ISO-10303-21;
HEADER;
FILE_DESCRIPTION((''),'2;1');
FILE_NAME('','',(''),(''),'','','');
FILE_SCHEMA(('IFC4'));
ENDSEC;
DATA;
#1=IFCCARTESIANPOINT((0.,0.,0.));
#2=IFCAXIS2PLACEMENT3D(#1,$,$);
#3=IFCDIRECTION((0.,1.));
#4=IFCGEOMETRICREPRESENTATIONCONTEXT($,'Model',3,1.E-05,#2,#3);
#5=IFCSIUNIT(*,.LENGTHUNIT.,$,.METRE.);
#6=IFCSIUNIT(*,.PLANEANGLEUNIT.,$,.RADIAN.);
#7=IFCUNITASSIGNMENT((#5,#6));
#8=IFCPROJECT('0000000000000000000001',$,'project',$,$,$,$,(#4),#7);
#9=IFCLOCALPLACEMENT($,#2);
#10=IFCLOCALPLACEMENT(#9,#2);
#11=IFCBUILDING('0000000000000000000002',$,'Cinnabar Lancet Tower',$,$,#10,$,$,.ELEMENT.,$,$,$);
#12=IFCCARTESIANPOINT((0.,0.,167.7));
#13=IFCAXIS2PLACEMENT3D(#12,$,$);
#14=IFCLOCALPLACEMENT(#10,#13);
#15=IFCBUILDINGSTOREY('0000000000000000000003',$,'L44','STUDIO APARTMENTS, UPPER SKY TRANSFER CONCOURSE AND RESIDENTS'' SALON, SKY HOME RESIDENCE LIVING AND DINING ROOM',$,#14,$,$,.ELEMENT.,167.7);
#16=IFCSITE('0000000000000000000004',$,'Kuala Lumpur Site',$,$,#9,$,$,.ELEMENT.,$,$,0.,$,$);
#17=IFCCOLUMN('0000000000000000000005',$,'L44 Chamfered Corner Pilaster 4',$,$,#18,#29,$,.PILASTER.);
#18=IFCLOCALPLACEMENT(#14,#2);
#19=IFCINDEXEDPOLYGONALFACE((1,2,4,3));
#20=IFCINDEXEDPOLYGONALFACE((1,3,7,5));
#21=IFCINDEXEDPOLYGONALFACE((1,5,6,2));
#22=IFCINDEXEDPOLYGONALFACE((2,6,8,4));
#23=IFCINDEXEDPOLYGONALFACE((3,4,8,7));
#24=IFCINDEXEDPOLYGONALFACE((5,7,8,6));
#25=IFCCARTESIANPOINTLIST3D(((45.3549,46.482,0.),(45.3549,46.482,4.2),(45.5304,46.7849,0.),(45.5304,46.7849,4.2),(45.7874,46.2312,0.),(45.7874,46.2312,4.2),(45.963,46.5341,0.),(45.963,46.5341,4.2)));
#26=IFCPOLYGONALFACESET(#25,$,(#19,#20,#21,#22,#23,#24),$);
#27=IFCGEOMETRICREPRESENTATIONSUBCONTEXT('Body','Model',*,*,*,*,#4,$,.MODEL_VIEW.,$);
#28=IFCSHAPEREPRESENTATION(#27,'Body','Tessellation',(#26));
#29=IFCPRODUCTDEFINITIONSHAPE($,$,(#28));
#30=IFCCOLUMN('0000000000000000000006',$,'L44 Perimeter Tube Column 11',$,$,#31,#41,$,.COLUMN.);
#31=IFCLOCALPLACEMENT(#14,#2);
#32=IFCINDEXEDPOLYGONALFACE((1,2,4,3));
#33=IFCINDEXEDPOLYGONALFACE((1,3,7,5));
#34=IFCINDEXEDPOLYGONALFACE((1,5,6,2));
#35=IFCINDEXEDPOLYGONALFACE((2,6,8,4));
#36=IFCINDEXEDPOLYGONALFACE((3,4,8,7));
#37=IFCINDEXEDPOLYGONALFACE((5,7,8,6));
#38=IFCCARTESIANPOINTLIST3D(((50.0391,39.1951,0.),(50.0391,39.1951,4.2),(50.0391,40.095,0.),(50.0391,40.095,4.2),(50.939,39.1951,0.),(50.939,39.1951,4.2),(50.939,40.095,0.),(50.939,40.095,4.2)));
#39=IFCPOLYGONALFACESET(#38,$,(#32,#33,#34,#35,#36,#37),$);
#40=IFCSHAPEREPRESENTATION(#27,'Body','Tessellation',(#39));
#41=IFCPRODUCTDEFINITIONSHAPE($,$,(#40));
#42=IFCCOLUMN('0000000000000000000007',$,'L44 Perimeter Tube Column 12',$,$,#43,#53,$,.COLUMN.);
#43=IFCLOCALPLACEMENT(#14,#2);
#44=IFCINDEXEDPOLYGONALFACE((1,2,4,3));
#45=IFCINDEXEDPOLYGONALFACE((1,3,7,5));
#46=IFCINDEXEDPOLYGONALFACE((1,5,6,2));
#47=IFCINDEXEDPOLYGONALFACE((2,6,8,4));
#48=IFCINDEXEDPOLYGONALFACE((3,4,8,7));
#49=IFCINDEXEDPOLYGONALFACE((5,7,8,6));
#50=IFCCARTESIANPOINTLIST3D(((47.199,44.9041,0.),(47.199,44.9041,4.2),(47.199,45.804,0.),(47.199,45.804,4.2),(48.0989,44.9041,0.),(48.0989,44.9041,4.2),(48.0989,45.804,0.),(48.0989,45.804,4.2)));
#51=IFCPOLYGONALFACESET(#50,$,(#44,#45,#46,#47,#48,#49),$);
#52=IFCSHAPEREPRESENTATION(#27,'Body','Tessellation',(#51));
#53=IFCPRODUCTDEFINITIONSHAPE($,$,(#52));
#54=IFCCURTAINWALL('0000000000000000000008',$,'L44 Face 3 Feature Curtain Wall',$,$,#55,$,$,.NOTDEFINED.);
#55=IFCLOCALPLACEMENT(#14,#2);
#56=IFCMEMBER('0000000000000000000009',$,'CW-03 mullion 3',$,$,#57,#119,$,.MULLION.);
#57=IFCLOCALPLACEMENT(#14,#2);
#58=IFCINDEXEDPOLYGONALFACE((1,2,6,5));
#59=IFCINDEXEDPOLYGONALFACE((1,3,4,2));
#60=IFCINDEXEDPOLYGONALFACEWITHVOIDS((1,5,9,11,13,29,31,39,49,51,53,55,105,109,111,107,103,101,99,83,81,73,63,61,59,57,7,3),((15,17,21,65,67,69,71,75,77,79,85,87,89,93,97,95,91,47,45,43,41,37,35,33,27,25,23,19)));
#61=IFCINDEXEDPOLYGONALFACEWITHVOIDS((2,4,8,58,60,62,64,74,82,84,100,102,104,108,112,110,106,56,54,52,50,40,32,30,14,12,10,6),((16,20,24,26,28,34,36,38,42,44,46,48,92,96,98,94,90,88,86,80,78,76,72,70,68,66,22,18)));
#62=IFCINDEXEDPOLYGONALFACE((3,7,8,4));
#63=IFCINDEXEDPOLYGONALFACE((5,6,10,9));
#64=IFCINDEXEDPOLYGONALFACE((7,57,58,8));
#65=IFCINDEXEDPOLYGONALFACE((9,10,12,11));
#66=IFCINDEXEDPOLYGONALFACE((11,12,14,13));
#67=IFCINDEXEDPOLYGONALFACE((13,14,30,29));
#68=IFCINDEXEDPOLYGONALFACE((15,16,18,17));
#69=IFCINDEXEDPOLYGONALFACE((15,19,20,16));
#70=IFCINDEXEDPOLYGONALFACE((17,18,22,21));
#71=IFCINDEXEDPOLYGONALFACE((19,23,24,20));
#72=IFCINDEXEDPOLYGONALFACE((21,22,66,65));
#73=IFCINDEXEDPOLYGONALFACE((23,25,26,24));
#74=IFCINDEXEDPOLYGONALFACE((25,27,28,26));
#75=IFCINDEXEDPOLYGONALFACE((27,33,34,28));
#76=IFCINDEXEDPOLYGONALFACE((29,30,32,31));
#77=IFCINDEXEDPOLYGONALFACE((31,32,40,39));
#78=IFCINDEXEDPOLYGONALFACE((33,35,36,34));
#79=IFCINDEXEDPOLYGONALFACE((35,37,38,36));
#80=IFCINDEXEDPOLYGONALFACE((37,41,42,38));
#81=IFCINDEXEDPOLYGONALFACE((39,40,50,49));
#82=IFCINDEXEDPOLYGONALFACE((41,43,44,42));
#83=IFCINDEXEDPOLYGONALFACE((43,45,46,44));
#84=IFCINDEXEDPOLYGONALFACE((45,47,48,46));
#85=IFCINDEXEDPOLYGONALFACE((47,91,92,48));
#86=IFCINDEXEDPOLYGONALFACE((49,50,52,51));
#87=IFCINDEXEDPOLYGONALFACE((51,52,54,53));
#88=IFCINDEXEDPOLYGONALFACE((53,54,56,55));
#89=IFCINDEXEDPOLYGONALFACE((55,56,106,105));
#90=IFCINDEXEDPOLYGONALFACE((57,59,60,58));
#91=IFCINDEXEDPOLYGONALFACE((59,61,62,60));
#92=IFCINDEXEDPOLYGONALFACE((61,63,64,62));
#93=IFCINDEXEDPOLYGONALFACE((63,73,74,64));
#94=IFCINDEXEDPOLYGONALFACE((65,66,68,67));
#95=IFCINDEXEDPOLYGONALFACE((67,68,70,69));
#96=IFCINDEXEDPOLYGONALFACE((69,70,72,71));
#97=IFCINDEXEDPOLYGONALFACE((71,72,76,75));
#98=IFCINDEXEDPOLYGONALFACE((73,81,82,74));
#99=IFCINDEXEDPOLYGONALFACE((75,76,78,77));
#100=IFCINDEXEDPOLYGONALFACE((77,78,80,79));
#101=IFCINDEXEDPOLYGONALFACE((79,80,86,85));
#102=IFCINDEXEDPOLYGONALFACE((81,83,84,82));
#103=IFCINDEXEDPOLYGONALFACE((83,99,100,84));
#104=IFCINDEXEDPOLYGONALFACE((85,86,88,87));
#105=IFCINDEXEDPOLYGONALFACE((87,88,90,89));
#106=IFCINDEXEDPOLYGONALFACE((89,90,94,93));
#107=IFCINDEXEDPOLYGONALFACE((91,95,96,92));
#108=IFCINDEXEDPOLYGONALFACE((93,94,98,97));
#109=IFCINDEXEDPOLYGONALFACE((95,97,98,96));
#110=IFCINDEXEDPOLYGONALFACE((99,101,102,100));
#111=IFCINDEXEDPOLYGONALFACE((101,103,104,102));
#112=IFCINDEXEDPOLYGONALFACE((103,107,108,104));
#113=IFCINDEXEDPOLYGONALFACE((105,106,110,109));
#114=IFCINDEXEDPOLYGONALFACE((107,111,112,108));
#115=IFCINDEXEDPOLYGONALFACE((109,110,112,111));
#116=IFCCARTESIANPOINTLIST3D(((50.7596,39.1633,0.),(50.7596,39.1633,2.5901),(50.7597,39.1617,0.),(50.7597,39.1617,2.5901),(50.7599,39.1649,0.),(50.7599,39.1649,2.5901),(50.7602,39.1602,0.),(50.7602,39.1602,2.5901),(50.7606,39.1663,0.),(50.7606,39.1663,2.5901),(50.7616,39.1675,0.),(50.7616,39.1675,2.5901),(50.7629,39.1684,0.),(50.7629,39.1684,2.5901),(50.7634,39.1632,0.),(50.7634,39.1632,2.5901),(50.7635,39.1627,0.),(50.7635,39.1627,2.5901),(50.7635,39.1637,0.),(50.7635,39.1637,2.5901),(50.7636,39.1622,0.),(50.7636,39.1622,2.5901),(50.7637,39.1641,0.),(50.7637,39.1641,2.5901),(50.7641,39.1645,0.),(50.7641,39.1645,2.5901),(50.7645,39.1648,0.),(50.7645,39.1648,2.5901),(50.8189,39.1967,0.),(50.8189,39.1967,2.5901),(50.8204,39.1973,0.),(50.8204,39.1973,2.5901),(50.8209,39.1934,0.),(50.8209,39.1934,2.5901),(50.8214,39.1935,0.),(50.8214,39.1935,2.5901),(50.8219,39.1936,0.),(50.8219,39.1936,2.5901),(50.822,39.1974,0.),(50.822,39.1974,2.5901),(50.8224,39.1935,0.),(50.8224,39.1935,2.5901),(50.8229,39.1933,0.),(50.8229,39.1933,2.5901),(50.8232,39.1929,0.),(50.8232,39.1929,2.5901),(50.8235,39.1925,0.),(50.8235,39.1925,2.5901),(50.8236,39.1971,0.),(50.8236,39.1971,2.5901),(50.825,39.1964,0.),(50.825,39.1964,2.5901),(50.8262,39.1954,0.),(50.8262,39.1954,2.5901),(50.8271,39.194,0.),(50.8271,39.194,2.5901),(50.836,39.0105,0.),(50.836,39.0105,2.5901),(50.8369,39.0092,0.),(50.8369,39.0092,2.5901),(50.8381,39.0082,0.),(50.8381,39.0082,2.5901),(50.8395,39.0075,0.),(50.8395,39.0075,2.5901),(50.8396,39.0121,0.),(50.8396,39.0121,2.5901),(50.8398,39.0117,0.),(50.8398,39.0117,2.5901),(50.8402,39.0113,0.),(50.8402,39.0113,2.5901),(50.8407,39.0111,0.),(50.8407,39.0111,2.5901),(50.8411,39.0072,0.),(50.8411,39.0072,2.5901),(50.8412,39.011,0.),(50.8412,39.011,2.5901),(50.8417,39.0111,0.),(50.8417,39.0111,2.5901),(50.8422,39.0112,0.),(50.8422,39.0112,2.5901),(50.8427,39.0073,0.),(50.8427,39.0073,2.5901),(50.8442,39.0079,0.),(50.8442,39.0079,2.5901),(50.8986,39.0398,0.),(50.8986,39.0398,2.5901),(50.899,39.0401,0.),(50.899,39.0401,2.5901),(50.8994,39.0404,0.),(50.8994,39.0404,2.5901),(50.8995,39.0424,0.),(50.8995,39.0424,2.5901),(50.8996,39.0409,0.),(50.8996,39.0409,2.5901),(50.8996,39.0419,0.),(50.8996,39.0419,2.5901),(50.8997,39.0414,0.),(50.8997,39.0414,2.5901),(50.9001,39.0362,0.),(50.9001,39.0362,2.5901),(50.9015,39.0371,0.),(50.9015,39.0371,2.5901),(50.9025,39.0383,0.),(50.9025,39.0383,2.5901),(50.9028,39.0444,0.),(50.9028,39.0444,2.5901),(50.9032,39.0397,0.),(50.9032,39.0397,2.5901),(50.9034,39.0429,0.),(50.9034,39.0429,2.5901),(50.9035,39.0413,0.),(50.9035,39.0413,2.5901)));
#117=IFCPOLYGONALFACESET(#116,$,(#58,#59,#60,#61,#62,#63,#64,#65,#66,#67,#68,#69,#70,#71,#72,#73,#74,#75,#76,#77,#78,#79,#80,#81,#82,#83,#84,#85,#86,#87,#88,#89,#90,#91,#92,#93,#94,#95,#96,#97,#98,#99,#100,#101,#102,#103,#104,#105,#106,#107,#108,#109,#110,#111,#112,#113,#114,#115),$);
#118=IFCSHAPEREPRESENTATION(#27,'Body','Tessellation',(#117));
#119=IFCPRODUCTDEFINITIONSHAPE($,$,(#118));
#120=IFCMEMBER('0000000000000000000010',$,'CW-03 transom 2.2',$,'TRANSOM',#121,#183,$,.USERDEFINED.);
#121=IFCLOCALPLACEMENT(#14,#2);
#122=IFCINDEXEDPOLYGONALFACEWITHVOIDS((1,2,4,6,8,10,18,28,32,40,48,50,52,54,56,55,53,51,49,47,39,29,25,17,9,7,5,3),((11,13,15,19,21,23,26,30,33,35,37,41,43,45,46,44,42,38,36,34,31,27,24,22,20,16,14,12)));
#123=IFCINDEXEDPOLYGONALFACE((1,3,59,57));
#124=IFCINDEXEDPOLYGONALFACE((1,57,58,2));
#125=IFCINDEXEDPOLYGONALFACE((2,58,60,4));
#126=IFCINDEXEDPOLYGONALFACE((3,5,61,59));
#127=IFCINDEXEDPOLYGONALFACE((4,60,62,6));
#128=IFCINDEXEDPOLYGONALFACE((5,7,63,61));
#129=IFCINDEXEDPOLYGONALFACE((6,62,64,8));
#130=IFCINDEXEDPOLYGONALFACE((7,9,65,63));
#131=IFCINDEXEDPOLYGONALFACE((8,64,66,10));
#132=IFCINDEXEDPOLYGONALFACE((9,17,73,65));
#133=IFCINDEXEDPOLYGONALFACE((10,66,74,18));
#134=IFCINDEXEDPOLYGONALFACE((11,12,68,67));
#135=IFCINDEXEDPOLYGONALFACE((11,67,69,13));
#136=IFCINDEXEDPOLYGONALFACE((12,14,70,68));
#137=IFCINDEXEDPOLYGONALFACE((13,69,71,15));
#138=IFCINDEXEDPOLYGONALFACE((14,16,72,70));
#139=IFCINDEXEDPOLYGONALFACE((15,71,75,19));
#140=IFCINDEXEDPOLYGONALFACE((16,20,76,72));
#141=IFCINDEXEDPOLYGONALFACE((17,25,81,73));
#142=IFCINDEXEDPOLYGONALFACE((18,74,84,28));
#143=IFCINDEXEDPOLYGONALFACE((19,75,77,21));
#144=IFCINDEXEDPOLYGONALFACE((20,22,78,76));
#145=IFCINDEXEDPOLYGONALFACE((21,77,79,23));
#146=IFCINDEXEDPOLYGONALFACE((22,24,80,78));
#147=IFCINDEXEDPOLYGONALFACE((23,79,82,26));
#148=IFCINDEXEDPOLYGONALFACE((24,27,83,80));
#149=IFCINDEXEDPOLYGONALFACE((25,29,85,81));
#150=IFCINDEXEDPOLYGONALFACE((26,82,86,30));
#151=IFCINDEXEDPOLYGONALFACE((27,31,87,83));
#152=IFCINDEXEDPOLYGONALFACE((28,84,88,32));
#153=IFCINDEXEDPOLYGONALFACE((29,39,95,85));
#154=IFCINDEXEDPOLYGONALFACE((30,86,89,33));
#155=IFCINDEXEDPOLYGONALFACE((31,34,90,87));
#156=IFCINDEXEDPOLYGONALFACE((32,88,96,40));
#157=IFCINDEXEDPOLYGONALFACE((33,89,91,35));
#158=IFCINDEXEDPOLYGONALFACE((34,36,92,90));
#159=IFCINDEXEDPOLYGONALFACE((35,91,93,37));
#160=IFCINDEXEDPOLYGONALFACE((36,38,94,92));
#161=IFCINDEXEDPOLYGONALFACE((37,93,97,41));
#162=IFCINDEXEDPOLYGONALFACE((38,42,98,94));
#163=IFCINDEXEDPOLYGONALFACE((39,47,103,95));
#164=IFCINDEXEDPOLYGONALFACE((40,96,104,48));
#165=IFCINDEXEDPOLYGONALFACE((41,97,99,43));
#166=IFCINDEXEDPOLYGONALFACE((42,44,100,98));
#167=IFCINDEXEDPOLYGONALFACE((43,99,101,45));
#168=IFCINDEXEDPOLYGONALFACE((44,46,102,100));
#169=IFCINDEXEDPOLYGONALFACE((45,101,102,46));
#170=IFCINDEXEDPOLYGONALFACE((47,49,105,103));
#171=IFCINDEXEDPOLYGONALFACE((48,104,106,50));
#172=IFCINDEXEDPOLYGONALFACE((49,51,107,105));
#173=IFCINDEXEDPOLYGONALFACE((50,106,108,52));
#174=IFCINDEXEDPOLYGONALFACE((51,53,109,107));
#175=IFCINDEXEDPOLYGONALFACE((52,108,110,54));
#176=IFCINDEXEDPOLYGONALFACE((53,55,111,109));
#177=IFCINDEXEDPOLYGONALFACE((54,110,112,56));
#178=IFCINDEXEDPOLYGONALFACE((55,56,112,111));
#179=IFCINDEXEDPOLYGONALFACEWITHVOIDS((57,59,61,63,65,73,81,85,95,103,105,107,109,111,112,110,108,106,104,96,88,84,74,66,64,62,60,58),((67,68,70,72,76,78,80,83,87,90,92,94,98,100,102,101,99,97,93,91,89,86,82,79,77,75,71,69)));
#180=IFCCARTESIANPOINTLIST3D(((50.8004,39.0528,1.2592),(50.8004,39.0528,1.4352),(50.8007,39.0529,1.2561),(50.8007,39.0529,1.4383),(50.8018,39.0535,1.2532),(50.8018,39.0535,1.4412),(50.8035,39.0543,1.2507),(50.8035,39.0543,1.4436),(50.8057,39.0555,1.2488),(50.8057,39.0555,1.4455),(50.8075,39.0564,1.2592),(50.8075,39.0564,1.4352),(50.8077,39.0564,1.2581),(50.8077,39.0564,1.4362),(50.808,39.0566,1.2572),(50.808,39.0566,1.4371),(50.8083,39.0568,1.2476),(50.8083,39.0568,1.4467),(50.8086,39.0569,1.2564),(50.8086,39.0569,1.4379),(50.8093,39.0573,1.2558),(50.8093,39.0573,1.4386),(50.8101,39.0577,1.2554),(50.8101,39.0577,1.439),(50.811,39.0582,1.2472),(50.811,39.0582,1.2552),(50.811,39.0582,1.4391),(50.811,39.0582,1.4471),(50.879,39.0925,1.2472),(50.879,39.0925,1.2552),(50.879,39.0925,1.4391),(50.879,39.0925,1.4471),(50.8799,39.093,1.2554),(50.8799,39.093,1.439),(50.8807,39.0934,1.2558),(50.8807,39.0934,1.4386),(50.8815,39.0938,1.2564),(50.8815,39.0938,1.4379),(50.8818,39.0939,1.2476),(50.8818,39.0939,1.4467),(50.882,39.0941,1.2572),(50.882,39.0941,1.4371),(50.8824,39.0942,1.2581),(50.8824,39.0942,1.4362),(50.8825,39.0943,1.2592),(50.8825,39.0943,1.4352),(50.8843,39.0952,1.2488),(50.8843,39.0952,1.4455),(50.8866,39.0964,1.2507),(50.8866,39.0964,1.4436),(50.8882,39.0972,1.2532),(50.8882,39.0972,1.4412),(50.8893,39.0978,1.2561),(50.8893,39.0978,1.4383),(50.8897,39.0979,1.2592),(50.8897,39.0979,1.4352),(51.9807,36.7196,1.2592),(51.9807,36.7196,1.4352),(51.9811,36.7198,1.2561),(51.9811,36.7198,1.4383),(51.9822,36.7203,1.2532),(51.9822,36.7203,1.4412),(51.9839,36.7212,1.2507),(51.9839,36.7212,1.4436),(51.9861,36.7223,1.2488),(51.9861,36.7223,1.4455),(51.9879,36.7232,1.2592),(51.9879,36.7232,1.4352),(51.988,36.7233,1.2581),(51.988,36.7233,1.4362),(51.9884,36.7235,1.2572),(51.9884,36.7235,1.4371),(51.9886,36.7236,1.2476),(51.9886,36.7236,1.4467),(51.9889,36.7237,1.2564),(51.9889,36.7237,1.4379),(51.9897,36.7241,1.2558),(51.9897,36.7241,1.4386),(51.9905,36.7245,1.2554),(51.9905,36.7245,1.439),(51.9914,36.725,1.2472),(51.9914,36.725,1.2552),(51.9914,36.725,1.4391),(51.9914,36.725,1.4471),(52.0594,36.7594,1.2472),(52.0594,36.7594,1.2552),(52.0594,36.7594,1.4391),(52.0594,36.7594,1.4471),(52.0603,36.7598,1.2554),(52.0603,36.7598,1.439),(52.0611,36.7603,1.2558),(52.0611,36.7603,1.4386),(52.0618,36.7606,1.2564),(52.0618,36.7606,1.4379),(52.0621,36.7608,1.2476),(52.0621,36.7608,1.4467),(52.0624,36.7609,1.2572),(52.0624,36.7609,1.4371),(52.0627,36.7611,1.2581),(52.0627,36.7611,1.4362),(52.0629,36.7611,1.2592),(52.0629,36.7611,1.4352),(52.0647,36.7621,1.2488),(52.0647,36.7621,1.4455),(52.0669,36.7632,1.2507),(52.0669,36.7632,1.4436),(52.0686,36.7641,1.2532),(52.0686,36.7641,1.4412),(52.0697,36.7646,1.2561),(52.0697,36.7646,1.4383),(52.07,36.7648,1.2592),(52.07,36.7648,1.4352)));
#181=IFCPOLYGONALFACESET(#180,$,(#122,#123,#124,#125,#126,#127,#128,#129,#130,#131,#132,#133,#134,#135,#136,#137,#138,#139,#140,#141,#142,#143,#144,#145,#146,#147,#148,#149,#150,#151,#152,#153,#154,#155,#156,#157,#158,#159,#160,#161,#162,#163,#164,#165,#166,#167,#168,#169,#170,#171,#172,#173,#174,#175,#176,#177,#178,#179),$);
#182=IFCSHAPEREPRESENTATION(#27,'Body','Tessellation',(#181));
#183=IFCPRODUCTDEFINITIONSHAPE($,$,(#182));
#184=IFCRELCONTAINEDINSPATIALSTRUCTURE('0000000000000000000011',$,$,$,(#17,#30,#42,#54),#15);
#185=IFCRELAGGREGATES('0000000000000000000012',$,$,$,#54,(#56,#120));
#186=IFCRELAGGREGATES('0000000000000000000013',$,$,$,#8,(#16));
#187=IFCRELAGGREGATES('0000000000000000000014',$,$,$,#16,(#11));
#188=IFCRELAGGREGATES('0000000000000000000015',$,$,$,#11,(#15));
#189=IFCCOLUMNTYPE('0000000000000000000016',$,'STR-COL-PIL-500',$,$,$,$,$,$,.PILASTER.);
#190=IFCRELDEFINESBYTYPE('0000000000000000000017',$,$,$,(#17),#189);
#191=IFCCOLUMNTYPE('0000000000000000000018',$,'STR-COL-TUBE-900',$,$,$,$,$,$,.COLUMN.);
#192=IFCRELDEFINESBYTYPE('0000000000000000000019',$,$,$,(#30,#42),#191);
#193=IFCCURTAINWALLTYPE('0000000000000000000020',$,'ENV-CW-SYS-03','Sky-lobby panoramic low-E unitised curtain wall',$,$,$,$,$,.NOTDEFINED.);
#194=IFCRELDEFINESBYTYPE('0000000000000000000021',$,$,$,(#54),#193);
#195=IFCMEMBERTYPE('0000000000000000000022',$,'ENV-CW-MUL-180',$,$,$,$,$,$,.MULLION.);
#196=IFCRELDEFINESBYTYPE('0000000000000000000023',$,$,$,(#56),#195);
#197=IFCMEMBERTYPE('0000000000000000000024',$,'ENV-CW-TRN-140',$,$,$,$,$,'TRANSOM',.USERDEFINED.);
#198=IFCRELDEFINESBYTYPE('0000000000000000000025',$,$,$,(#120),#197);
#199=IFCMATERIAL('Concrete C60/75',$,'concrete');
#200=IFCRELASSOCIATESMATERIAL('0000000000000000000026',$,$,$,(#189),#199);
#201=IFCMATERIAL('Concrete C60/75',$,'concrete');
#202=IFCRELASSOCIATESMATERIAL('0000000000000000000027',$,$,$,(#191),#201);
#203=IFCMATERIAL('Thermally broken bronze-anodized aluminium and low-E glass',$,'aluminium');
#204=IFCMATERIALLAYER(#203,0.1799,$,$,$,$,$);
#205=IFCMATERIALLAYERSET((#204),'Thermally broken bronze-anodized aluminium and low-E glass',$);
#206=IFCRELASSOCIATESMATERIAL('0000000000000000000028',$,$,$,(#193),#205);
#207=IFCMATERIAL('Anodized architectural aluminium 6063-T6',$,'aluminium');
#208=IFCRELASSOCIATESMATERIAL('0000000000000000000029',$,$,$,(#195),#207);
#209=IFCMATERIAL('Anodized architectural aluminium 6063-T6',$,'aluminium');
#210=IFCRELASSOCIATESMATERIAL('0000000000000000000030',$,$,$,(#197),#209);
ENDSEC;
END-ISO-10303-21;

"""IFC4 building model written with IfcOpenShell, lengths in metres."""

from ifc_helpers import new_model, si_unit, direction, frame, origin, origin_2d, place, context, subcontext, project, spatial, rectangle, hollow_rectangle, extrude, material, layer, layer_set, material_profile, profile_set, type_object, element, aggregate, save


model = new_model("IFC4")

# Units and contexts
model_context = context("Model", 3, precision=1e-05, world=origin(), true_north=direction((0.0, 1.0)))
body_context = subcontext(model_context, "Body", "Model", "MODEL_VIEW")
ifc_project = project(units=[si_unit("LENGTHUNIT", "METRE"), si_unit("PLANEANGLEUNIT", "RADIAN")], contexts=[model_context])

# Site, building, storey
site_placement = place(None, origin())
site = spatial("IfcSite", under=ifc_project, at=site_placement, Name="Kuala Lumpur Site", CompositionType="ELEMENT", RefElevation=0.0)
building_placement = place(site_placement, origin())
building = spatial("IfcBuilding", under=site, at=building_placement, Name="Cinnabar Lancet Tower", CompositionType="ELEMENT")
storey_placement = place(building_placement, frame((0.0, 0.0, 167.7)))
storey = spatial("IfcBuildingStorey", under=building, at=storey_placement, Name="L44", Description="STUDIO APARTMENTS, UPPER SKY TRANSFER CONCOURSE AND RESIDENTS' SALON, SKY HOME RESIDENCE LIVING AND DINING ROOM", CompositionType="ELEMENT", Elevation=167.7)

# Columns
ifc_material_1 = material(Name="Concrete C60/75", Category="concrete")
ifc_material_profile_1 = material_profile(ifc_material_1, rectangle(XDim=0.5, YDim=0.3501, at=origin_2d()), Name="RC-PIL 500x350")
ifc_profile_set_1 = profile_set([ifc_material_profile_1], Name="Concrete C60/75")
column_type_1 = type_object("IfcColumnType", Name="STR-COL-PIL-500", PredefinedType="PILASTER", material=ifc_profile_set_1)
column_placement = place(storey_placement, frame((45.6589, 46.5081, 0.0), z_axis=(0.0, 0.0, 1.0), x_axis=(-0.86516, 0.501496, 0.0)))
element("IfcColumn", 1, at=column_placement, inside=storey, type_object=column_type_1, Name="L44 Chamfered Corner Pilaster 4", PredefinedType="PILASTER", context=body_context, shape_type="SweptSolid", body=[
    extrude(rectangle(XDim=0.5, YDim=0.3501, at=origin_2d()), origin(), (0.0, 0.0, 1.0), 4.2),
])
ifc_material_2 = material(Name="Concrete C60/75", Category="concrete")
ifc_material_profile_2 = material_profile(ifc_material_2, rectangle(XDim=0.8999, YDim=0.8999, at=origin_2d()), Name="RC-COL 900x900")
ifc_profile_set_2 = profile_set([ifc_material_profile_2], Name="Concrete C60/75")
column_type_2 = type_object("IfcColumnType", Name="STR-COL-TUBE-900", PredefinedType="COLUMN", material=ifc_profile_set_2)
for number, where, z_axis, x_axis, name in (
    (2, (50.489, 39.645, 0.0), (0.0, 0.0, 1.0), (1.0, 0.0, 0.0), "L44 Perimeter Tube Column 11"),
    (3, (47.6489, 45.354, 0.0), (0.0, 0.0, 1.0), (1.0, 0.0, 0.0), "L44 Perimeter Tube Column 12"),
):
    element("IfcColumn", number, at=place(storey_placement, frame(where, z_axis=z_axis, x_axis=x_axis)), inside=storey, type_object=column_type_2, Name=name, PredefinedType="COLUMN", context=body_context, shape_type="SweptSolid", body=[
        extrude(rectangle(XDim=0.8999, YDim=0.8999, at=origin_2d()), origin(), (0.0, 0.0, 1.0), 4.2),
    ])

# Curtain wall, members
ifc_material_3 = material(Name="Thermally broken bronze-anodized aluminium and low-E glass", Category="aluminium")
ifc_layer_1 = layer(ifc_material_3, 0.1799)
ifc_layer_set_1 = layer_set([ifc_layer_1], Name="Thermally broken bronze-anodized aluminium and low-E glass")
curtain_wall_type = type_object("IfcCurtainWallType", Name="ENV-CW-SYS-03", Description="Sky-lobby panoramic low-E unitised curtain wall", PredefinedType="NOTDEFINED", material=ifc_layer_set_1)
curtain_wall_placement = place(storey_placement, origin())
curtain_wall = element("IfcCurtainWall", 4, at=curtain_wall_placement, inside=storey, type_object=curtain_wall_type, Name="L44 Face 3 Feature Curtain Wall", PredefinedType="NOTDEFINED")
ifc_material_4 = material(Name="Anodized architectural aluminium 6063-T6", Category="aluminium")
ifc_material_profile_3 = material_profile(ifc_material_4, hollow_rectangle(XDim=0.075, YDim=0.1799, WallThickness=0.0039, InnerFilletRadius=0.002, OuterFilletRadius=0.0061, at=origin_2d()), Name="CW-MUL 180x75x4")
ifc_profile_set_3 = profile_set([ifc_material_profile_3], Name="Anodized architectural aluminium 6063-T6")
member_type_1 = type_object("IfcMemberType", Name="ENV-CW-MUL-180", PredefinedType="MULLION", material=ifc_profile_set_3)
member_1_placement = place(storey_placement, frame((50.8315, 39.1023, 0.0), z_axis=(0.0, 0.0, 1.0), x_axis=(-0.89231, -0.451423, 0.0)))
member_1 = element("IfcMember", 5, at=member_1_placement, type_object=member_type_1, Name="CW-03 mullion 3", PredefinedType="MULLION", context=body_context, shape_type="SweptSolid", body=[
    extrude(hollow_rectangle(XDim=0.075, YDim=0.1799, WallThickness=0.0039, InnerFilletRadius=0.002, OuterFilletRadius=0.0061, at=origin_2d()), origin(), (0.0, 0.0, 1.0), 2.5901),
])
ifc_material_5 = material(Name="Anodized architectural aluminium 6063-T6", Category="aluminium")
ifc_material_profile_4 = material_profile(ifc_material_5, hollow_rectangle(XDim=0.1001, YDim=0.2, WallThickness=0.0081, InnerFilletRadius=0.0039, OuterFilletRadius=0.012, at=origin_2d()), Name="RHS 200x100x8")
ifc_profile_set_4 = profile_set([ifc_material_profile_4], Name="Anodized architectural aluminium 6063-T6")
member_type_2 = type_object("IfcMemberType", Name="ENV-CW-TRN-140", ElementType="TRANSOM", PredefinedType="USERDEFINED", material=ifc_profile_set_4)
member_2_placement = place(storey_placement, frame((52.0254, 36.7422, 1.3472), z_axis=(-0.451429, 0.892307, 0.0), x_axis=(-0.892307, -0.451429, 0.0)))
member_2 = element("IfcMember", 6, at=member_2_placement, type_object=member_type_2, Name="CW-03 transom 2.2", ObjectType="TRANSOM", PredefinedType="USERDEFINED", context=body_context, shape_type="SweptSolid", body=[
    extrude(hollow_rectangle(XDim=0.1001, YDim=0.2, WallThickness=0.0081, InnerFilletRadius=0.0039, OuterFilletRadius=0.012, at=origin_2d()), origin(), (0.0, 0.0, 1.0), 2.6147),
])

aggregate(curtain_wall, [member_1, member_2])

save(model, "model.ifc")
